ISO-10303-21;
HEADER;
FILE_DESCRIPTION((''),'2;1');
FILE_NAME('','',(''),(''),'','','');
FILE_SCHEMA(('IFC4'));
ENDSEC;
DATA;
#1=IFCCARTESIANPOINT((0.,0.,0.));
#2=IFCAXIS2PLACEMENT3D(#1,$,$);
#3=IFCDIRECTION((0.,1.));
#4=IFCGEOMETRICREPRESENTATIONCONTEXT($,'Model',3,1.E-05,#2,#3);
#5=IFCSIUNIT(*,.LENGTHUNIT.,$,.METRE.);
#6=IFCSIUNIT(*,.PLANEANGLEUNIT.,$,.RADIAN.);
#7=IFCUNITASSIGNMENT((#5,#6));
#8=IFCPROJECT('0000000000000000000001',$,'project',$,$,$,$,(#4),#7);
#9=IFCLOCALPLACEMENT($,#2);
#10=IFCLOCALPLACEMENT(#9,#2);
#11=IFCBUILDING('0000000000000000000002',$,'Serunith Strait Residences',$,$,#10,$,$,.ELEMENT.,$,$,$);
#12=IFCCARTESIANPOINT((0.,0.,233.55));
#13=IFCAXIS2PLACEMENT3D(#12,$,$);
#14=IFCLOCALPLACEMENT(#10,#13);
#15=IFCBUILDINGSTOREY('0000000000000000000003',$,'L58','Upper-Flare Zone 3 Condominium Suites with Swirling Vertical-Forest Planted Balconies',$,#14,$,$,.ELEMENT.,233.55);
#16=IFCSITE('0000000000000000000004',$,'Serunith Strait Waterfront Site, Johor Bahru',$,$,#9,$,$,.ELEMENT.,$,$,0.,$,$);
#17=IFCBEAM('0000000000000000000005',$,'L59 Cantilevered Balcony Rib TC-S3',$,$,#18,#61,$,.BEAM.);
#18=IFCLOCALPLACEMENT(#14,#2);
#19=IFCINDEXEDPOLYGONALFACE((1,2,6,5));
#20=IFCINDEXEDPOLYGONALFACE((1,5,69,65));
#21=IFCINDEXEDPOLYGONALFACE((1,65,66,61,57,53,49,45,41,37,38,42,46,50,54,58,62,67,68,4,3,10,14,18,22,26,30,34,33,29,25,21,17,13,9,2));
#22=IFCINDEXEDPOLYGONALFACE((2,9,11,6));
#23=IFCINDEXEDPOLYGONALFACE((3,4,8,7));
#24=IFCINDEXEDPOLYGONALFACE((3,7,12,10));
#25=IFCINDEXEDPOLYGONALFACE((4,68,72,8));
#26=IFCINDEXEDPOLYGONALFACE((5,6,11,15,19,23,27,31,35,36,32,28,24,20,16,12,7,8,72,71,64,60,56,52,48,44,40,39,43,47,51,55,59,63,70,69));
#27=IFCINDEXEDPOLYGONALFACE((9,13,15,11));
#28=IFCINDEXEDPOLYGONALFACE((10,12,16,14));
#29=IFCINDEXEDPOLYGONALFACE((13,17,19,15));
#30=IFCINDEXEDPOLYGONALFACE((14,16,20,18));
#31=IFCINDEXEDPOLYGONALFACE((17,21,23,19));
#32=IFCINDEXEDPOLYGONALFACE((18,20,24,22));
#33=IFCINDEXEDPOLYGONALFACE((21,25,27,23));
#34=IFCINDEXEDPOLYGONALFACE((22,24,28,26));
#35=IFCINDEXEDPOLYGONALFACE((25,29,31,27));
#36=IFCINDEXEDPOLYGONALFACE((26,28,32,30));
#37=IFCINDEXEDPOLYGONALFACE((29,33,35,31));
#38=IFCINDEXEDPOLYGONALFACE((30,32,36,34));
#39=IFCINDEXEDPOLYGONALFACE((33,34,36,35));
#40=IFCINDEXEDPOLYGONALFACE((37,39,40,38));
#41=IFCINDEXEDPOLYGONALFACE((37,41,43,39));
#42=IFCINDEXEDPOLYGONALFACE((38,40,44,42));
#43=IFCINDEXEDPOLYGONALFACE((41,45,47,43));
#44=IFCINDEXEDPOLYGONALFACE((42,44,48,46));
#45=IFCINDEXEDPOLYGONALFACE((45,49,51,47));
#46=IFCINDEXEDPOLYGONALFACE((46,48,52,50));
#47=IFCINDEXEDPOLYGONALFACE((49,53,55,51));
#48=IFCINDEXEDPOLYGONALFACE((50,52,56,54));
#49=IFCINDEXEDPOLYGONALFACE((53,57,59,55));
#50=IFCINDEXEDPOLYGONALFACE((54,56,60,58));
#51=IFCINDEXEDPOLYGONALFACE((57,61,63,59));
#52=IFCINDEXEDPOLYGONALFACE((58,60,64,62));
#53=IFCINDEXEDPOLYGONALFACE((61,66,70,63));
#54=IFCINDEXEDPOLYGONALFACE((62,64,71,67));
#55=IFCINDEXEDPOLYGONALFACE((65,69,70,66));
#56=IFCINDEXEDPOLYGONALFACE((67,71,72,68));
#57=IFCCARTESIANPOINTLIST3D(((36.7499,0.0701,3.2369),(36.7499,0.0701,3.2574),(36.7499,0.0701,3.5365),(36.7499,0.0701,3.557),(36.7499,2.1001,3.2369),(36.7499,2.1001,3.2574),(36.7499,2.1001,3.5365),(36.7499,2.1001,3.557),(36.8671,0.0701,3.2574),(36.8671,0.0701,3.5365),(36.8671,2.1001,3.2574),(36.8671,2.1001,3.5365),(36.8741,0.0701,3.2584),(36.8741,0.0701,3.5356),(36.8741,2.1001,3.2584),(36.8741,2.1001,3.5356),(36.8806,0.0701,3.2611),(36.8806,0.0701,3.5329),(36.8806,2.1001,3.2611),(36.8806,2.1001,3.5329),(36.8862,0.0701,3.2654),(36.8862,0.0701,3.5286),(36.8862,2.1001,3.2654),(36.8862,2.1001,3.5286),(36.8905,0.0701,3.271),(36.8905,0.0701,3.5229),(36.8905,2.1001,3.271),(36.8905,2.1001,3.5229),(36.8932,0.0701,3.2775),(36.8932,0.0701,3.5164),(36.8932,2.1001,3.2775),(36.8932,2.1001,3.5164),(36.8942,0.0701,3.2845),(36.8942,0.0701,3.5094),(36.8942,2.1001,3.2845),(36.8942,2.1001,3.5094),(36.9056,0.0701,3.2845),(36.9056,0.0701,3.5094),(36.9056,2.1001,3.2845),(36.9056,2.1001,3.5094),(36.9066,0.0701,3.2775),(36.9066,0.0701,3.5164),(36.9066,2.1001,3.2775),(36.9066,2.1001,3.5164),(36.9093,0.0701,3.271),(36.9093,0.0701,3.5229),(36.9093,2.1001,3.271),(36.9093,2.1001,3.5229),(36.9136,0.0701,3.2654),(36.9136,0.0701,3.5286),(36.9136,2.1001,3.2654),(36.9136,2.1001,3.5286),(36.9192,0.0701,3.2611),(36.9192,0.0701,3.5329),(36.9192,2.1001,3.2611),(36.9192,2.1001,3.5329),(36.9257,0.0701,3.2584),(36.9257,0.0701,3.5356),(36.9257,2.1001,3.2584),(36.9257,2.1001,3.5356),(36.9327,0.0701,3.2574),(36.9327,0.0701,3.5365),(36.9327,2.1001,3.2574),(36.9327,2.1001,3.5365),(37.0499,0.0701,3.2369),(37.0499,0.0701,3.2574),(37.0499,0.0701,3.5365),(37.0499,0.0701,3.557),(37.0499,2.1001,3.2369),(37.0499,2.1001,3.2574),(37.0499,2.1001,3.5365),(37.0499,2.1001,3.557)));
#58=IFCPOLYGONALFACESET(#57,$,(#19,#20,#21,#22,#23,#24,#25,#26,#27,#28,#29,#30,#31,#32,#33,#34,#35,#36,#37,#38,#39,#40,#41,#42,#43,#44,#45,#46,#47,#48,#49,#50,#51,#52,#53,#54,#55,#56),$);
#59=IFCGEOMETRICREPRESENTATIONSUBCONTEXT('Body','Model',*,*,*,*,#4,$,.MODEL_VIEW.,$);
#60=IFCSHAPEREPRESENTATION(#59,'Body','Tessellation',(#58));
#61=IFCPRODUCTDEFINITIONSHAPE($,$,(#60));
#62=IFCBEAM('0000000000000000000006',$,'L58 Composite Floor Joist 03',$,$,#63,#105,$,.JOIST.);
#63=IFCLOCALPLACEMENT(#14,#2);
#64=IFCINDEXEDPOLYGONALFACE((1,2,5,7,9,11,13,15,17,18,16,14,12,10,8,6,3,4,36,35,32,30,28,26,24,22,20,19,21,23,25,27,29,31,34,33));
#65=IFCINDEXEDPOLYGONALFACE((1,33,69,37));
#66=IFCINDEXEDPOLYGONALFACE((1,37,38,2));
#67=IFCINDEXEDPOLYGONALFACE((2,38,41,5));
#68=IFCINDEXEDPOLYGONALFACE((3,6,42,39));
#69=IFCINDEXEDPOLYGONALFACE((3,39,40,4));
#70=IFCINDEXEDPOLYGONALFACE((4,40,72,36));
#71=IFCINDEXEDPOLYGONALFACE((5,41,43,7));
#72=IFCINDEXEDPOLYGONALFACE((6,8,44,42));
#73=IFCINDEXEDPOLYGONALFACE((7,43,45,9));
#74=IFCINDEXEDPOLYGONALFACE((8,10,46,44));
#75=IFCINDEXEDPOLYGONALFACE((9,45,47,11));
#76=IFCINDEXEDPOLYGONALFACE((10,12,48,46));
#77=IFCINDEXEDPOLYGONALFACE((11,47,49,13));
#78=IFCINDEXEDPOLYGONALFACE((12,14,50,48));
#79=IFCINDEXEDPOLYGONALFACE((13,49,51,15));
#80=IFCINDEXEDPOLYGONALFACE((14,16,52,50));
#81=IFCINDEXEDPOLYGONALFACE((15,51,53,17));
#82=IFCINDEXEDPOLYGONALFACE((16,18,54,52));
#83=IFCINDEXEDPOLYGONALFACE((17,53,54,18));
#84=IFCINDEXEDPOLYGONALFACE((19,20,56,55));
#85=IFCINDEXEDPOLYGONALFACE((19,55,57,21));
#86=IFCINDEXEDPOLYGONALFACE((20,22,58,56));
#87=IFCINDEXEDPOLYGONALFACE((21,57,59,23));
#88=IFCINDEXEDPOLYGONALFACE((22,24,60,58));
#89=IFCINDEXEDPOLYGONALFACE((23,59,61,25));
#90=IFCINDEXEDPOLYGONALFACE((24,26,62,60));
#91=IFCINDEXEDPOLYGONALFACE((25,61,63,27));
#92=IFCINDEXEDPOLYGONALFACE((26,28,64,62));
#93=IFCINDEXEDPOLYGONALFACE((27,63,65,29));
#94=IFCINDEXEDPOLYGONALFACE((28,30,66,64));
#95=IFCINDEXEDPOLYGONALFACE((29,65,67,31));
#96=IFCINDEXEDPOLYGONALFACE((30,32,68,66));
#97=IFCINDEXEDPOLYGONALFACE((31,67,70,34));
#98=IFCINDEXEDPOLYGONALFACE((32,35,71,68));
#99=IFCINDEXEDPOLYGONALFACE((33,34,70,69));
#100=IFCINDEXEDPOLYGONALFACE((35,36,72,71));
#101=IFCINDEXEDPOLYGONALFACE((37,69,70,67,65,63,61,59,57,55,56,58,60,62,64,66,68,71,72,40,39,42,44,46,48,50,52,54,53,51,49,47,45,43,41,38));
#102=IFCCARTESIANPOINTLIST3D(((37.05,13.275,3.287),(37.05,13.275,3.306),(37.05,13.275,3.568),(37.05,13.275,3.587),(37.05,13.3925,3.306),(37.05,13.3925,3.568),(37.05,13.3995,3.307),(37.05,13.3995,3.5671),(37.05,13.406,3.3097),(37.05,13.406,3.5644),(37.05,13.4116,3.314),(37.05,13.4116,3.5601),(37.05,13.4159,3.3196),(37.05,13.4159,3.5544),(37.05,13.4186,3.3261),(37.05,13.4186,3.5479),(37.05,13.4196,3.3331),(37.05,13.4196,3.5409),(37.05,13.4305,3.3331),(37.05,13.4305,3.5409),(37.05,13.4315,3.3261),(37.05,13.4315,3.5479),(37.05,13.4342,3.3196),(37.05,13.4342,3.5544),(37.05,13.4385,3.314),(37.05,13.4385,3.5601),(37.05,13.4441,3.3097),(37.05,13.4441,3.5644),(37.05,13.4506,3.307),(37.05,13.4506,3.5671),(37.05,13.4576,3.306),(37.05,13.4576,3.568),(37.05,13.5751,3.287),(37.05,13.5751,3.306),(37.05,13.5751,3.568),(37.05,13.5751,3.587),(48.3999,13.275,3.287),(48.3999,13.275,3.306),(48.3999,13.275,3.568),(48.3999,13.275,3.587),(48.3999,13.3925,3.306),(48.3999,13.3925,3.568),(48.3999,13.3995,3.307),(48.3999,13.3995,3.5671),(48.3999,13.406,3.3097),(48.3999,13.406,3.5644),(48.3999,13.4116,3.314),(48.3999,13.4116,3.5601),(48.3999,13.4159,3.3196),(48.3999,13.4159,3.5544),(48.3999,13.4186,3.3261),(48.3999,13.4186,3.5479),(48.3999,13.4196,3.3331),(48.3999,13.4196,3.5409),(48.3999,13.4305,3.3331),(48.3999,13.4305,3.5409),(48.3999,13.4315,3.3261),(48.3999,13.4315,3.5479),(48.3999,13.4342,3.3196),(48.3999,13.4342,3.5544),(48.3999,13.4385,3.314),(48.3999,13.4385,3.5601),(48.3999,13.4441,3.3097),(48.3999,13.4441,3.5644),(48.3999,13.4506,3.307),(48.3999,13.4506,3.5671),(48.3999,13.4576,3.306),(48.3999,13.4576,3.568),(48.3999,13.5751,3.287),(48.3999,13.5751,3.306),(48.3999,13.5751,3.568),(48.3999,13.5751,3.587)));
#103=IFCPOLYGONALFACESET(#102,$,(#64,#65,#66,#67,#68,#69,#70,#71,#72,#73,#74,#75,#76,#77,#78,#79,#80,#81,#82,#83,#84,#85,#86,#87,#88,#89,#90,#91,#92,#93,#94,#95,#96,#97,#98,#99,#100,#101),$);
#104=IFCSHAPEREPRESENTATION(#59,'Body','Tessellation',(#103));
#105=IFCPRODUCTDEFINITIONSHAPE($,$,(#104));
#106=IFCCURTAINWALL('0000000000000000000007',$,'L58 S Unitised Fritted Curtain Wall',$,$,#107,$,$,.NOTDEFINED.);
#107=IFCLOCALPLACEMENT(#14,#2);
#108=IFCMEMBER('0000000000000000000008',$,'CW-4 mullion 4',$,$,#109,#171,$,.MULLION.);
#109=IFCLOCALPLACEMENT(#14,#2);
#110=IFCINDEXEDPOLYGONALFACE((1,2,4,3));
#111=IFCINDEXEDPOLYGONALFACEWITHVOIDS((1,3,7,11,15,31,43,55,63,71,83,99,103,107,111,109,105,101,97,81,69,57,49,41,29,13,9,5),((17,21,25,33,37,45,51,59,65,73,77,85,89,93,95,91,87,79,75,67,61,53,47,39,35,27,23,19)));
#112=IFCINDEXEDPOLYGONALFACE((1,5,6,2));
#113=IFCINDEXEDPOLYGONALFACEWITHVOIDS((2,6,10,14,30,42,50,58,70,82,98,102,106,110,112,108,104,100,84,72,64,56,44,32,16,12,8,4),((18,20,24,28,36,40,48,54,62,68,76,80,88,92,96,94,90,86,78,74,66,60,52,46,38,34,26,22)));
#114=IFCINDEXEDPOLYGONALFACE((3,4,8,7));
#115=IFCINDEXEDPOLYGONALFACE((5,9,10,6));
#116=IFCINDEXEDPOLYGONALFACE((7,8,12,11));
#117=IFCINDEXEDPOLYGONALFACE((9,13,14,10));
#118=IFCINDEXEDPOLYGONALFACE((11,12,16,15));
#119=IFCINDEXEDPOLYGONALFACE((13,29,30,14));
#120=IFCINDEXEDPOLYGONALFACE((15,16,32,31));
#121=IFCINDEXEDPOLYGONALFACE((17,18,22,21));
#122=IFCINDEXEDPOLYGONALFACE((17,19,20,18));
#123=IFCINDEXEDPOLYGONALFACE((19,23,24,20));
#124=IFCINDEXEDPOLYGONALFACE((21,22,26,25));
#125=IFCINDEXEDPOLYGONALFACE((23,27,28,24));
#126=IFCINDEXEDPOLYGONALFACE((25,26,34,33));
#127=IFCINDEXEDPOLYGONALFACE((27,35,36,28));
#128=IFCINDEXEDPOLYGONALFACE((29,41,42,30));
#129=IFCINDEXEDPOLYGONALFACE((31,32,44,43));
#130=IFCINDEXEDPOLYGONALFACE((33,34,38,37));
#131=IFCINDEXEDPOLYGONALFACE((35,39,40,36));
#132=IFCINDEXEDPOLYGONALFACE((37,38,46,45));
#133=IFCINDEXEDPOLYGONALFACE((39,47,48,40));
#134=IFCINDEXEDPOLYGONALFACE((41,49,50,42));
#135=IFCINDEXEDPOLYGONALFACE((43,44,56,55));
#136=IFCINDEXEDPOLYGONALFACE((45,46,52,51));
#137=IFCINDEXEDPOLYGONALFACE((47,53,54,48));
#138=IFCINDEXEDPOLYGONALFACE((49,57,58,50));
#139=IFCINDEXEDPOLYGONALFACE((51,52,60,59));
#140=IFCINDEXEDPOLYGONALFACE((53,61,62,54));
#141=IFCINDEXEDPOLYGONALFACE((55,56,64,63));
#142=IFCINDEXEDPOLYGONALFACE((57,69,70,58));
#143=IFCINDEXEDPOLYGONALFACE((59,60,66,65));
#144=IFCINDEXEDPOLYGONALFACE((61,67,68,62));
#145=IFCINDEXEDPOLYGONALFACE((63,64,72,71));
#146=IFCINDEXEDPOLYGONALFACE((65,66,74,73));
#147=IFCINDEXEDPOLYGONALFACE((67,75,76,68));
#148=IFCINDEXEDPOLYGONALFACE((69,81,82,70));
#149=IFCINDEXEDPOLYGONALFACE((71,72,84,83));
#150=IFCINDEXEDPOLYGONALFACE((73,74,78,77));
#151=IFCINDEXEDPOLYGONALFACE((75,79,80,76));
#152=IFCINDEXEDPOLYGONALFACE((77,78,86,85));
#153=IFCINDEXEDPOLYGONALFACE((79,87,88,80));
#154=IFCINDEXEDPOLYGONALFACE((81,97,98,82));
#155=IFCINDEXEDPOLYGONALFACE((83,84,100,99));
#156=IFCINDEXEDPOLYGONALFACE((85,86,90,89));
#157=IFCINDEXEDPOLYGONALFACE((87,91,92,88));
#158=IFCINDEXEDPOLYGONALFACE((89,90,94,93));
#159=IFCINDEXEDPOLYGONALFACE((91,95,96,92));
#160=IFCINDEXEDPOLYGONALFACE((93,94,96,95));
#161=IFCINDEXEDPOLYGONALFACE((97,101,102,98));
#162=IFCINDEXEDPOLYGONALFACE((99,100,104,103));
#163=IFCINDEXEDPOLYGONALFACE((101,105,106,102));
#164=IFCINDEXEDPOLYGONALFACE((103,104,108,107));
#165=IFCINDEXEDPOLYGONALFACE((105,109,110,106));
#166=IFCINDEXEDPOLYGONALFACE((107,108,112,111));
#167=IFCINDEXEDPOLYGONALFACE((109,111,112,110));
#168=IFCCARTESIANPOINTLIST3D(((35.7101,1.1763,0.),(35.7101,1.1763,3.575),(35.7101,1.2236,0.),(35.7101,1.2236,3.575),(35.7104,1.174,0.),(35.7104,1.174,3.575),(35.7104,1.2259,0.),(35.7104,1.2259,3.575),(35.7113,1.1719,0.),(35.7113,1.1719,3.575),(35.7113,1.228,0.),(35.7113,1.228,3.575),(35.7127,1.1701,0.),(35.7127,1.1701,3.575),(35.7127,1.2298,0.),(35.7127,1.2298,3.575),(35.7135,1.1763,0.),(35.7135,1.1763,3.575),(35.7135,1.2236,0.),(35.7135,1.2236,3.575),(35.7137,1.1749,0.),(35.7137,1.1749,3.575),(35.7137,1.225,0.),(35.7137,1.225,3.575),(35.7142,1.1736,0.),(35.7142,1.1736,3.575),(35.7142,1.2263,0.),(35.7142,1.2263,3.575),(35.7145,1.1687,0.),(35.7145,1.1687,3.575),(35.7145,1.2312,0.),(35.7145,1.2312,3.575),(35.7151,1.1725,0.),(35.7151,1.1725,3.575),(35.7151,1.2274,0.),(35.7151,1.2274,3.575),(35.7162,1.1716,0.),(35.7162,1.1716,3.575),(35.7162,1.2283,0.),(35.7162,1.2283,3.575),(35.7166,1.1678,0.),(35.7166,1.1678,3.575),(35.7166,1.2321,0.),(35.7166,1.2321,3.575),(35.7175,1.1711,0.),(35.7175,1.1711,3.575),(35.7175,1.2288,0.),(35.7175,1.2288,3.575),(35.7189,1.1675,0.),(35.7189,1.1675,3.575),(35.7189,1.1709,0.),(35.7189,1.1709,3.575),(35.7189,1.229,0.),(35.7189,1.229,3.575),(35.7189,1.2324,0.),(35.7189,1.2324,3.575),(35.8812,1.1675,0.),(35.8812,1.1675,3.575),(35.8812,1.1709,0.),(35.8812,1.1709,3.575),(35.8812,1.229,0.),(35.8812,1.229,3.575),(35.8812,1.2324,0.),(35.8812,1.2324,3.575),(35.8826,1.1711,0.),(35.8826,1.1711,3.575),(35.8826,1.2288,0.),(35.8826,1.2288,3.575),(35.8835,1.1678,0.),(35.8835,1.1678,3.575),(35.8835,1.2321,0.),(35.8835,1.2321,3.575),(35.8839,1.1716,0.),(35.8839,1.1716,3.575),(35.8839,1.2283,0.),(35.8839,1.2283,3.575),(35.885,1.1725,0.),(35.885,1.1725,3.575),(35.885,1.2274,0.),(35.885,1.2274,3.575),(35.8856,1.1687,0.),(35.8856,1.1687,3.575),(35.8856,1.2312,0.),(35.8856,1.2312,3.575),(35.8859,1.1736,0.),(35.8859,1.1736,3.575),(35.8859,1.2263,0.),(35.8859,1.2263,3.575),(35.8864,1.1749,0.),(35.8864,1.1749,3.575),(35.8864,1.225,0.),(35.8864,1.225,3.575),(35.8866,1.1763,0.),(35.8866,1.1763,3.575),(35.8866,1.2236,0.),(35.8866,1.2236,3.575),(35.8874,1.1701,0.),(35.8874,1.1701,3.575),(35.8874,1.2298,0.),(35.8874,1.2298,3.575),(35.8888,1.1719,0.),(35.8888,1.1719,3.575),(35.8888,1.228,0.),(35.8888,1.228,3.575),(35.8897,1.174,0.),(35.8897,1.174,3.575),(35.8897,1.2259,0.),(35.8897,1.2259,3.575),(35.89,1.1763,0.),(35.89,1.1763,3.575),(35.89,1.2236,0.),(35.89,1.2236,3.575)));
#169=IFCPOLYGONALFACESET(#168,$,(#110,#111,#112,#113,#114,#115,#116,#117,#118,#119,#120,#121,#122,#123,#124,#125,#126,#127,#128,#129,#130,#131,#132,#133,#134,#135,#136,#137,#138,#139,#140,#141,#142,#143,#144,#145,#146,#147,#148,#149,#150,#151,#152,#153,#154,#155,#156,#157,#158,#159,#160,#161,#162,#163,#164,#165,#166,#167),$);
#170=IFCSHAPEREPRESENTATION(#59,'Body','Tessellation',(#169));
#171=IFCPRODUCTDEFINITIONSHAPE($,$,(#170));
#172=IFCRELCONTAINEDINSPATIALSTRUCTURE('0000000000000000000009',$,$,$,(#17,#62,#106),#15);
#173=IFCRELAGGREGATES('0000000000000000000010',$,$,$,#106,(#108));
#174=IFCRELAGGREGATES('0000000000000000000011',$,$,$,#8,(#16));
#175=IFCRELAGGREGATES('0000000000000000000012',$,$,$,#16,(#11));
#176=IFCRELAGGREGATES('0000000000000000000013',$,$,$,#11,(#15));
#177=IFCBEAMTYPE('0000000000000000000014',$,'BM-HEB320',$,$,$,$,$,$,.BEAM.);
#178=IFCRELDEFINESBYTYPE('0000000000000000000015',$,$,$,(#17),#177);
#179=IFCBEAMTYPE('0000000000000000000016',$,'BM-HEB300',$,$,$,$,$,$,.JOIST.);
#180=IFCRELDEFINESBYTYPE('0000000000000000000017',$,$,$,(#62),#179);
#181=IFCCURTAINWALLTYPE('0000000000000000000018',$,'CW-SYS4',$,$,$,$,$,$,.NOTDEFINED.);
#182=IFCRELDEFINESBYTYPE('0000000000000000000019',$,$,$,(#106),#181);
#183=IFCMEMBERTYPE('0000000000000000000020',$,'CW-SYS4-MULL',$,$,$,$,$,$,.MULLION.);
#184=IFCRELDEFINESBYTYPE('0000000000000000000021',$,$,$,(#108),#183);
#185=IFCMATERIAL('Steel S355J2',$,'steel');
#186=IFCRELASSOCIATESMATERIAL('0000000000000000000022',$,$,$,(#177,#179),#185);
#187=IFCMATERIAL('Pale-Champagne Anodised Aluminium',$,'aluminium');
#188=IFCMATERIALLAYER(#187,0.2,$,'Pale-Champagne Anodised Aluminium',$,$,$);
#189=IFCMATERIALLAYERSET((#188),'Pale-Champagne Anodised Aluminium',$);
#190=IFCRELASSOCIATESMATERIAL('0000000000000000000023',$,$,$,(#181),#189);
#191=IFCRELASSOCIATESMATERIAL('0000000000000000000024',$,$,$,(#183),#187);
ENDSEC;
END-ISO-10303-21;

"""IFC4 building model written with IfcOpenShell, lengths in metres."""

from ifc_helpers import new_model, si_unit, direction, frame, origin, origin_2d, place, context, subcontext, project, spatial, hollow_rectangle, i_section, extrude, source, transform, mapped, material, layer, layer_set, material_profile, profile_set, type_object, element, aggregate, save


model = new_model("IFC4")

# Units and contexts
model_context = context("Model", 3, precision=1e-05, world=origin(), true_north=direction((0.0, 1.0)))
body_context = subcontext(model_context, "Body", "Model", "MODEL_VIEW")
ifc_project = project(units=[si_unit("LENGTHUNIT", "METRE"), si_unit("PLANEANGLEUNIT", "RADIAN")], contexts=[model_context])

# Site, building, storey
site_placement = place(None, origin())
site = spatial("IfcSite", under=ifc_project, at=site_placement, Name="Serunith Strait Waterfront Site, Johor Bahru", CompositionType="ELEMENT", RefElevation=0.0)
building_placement = place(site_placement, origin())
building = spatial("IfcBuilding", under=site, at=building_placement, Name="Serunith Strait Residences", CompositionType="ELEMENT")
storey_placement = place(building_placement, frame((0.0, 0.0, 233.55)))
storey = spatial("IfcBuildingStorey", under=building, at=storey_placement, Name="L58", Description="Upper-Flare Zone 3 Condominium Suites with Swirling Vertical-Forest Planted Balconies", CompositionType="ELEMENT", Elevation=233.55)

# Beams
ifc_material_1 = material(Name="Steel S355J2", Category="steel")
ifc_material_profile_1 = material_profile(ifc_material_1, i_section(OverallWidth=0.3, OverallDepth=0.3201, WebThickness=0.0115, FlangeThickness=0.0205, FilletRadius=0.0271, at=origin_2d()), Name="HEB 320")
ifc_profile_set_1 = profile_set([ifc_material_profile_1], Name="Steel S355J2")
beam_type_1 = type_object("IfcBeamType", Name="BM-HEB320", PredefinedType="BEAM", material=ifc_profile_set_1)
shared_shape_1 = source(origin(), body_context, "Body", "SweptSolid", [
    extrude(i_section(OverallWidth=0.3, OverallDepth=0.3201, WebThickness=0.0115, FlangeThickness=0.0205, FilletRadius=0.0271, at=origin_2d()), origin(), (0.0, 0.0, 1.0), 2.03),
])
beam_1_placement = place(storey_placement, frame((36.8999, 2.1001, 3.397), z_axis=(0.0, -1.0, 0.0), x_axis=(1.0, 0.0, 0.0)))
element("IfcBeam", 1, at=beam_1_placement, inside=storey, type_object=beam_type_1, Name="L59 Cantilevered Balcony Rib TC-S3", PredefinedType="BEAM", context=body_context, shape_type="MappedRepresentation", body=[
    mapped(shared_shape_1, transform((0.0, 0.0, 0.0), scale=1.0)),
])
ifc_material_profile_2 = material_profile(ifc_material_1, i_section(OverallWidth=0.3, OverallDepth=0.3, WebThickness=0.011, FlangeThickness=0.019, FilletRadius=0.0271, at=origin_2d()), Name="HEB 300")
ifc_profile_set_2 = profile_set([ifc_material_profile_2], Name="Steel S355J2")
beam_type_2 = type_object("IfcBeamType", Name="BM-HEB300", PredefinedType="JOIST", material=ifc_profile_set_2)
shared_shape_2 = source(origin(), body_context, "Body", "SweptSolid", [
    extrude(i_section(OverallWidth=0.3, OverallDepth=0.3, WebThickness=0.011, FlangeThickness=0.019, FilletRadius=0.0271, at=origin_2d()), origin(), (0.0, 0.0, 1.0), 11.3499),
])
beam_2_placement = place(storey_placement, frame((37.05, 13.425, 3.437), z_axis=(1.0, 0.0, 0.0), x_axis=(0.0, 1.0, 0.0)))
element("IfcBeam", 2, at=beam_2_placement, inside=storey, type_object=beam_type_2, Name="L58 Composite Floor Joist 03", PredefinedType="JOIST", context=body_context, shape_type="MappedRepresentation", body=[
    mapped(shared_shape_2, transform((0.0, 0.0, 0.0), scale=1.0)),
])

# Curtain wall, member
ifc_material_2 = material(Name="Pale-Champagne Anodised Aluminium", Category="aluminium")
ifc_layer_1 = layer(ifc_material_2, 0.2, Name="Pale-Champagne Anodised Aluminium")
ifc_layer_set_1 = layer_set([ifc_layer_1], Name="Pale-Champagne Anodised Aluminium")
curtain_wall_type = type_object("IfcCurtainWallType", Name="CW-SYS4", PredefinedType="NOTDEFINED", material=ifc_layer_set_1)
curtain_wall_placement = place(storey_placement, origin())
curtain_wall = element("IfcCurtainWall", 3, at=curtain_wall_placement, inside=storey, type_object=curtain_wall_type, Name="L58 S Unitised Fritted Curtain Wall", PredefinedType="NOTDEFINED")
ifc_material_profile_3 = material_profile(ifc_material_2, hollow_rectangle(XDim=0.0649, YDim=0.1799, WallThickness=0.0034, InnerFilletRadius=0.0054, OuterFilletRadius=0.0088, at=origin_2d()), Name="ALU 180x65x3.5")
ifc_profile_set_3 = profile_set([ifc_material_profile_3], Name="Pale-Champagne Anodised Aluminium")
member_type_1 = type_object("IfcMemberType", Name="CW-SYS4-MULL", PredefinedType="MULLION", material=ifc_profile_set_3)
shared_shape_3 = source(origin(), body_context, "Body", "SweptSolid", [
    extrude(hollow_rectangle(XDim=0.0649, YDim=0.1799, WallThickness=0.0034, InnerFilletRadius=0.0054, OuterFilletRadius=0.0088, at=origin_2d()), origin(), (0.0, 0.0, 1.0), 3.575),
])
member_1_placement = place(storey_placement, frame((35.8, 1.2, 0.0), z_axis=(0.0, 0.0, 1.0), x_axis=(0.0, 1.0, 0.0)))
member_1 = element("IfcMember", 4, at=member_1_placement, type_object=member_type_1, Name="CW-4 mullion 4", PredefinedType="MULLION", context=body_context, shape_type="MappedRepresentation", body=[
    mapped(shared_shape_3, transform((0.0, 0.0, 0.0), scale=1.0)),
])
aggregate(curtain_wall, [member_1])

save(model, "model.ifc")
